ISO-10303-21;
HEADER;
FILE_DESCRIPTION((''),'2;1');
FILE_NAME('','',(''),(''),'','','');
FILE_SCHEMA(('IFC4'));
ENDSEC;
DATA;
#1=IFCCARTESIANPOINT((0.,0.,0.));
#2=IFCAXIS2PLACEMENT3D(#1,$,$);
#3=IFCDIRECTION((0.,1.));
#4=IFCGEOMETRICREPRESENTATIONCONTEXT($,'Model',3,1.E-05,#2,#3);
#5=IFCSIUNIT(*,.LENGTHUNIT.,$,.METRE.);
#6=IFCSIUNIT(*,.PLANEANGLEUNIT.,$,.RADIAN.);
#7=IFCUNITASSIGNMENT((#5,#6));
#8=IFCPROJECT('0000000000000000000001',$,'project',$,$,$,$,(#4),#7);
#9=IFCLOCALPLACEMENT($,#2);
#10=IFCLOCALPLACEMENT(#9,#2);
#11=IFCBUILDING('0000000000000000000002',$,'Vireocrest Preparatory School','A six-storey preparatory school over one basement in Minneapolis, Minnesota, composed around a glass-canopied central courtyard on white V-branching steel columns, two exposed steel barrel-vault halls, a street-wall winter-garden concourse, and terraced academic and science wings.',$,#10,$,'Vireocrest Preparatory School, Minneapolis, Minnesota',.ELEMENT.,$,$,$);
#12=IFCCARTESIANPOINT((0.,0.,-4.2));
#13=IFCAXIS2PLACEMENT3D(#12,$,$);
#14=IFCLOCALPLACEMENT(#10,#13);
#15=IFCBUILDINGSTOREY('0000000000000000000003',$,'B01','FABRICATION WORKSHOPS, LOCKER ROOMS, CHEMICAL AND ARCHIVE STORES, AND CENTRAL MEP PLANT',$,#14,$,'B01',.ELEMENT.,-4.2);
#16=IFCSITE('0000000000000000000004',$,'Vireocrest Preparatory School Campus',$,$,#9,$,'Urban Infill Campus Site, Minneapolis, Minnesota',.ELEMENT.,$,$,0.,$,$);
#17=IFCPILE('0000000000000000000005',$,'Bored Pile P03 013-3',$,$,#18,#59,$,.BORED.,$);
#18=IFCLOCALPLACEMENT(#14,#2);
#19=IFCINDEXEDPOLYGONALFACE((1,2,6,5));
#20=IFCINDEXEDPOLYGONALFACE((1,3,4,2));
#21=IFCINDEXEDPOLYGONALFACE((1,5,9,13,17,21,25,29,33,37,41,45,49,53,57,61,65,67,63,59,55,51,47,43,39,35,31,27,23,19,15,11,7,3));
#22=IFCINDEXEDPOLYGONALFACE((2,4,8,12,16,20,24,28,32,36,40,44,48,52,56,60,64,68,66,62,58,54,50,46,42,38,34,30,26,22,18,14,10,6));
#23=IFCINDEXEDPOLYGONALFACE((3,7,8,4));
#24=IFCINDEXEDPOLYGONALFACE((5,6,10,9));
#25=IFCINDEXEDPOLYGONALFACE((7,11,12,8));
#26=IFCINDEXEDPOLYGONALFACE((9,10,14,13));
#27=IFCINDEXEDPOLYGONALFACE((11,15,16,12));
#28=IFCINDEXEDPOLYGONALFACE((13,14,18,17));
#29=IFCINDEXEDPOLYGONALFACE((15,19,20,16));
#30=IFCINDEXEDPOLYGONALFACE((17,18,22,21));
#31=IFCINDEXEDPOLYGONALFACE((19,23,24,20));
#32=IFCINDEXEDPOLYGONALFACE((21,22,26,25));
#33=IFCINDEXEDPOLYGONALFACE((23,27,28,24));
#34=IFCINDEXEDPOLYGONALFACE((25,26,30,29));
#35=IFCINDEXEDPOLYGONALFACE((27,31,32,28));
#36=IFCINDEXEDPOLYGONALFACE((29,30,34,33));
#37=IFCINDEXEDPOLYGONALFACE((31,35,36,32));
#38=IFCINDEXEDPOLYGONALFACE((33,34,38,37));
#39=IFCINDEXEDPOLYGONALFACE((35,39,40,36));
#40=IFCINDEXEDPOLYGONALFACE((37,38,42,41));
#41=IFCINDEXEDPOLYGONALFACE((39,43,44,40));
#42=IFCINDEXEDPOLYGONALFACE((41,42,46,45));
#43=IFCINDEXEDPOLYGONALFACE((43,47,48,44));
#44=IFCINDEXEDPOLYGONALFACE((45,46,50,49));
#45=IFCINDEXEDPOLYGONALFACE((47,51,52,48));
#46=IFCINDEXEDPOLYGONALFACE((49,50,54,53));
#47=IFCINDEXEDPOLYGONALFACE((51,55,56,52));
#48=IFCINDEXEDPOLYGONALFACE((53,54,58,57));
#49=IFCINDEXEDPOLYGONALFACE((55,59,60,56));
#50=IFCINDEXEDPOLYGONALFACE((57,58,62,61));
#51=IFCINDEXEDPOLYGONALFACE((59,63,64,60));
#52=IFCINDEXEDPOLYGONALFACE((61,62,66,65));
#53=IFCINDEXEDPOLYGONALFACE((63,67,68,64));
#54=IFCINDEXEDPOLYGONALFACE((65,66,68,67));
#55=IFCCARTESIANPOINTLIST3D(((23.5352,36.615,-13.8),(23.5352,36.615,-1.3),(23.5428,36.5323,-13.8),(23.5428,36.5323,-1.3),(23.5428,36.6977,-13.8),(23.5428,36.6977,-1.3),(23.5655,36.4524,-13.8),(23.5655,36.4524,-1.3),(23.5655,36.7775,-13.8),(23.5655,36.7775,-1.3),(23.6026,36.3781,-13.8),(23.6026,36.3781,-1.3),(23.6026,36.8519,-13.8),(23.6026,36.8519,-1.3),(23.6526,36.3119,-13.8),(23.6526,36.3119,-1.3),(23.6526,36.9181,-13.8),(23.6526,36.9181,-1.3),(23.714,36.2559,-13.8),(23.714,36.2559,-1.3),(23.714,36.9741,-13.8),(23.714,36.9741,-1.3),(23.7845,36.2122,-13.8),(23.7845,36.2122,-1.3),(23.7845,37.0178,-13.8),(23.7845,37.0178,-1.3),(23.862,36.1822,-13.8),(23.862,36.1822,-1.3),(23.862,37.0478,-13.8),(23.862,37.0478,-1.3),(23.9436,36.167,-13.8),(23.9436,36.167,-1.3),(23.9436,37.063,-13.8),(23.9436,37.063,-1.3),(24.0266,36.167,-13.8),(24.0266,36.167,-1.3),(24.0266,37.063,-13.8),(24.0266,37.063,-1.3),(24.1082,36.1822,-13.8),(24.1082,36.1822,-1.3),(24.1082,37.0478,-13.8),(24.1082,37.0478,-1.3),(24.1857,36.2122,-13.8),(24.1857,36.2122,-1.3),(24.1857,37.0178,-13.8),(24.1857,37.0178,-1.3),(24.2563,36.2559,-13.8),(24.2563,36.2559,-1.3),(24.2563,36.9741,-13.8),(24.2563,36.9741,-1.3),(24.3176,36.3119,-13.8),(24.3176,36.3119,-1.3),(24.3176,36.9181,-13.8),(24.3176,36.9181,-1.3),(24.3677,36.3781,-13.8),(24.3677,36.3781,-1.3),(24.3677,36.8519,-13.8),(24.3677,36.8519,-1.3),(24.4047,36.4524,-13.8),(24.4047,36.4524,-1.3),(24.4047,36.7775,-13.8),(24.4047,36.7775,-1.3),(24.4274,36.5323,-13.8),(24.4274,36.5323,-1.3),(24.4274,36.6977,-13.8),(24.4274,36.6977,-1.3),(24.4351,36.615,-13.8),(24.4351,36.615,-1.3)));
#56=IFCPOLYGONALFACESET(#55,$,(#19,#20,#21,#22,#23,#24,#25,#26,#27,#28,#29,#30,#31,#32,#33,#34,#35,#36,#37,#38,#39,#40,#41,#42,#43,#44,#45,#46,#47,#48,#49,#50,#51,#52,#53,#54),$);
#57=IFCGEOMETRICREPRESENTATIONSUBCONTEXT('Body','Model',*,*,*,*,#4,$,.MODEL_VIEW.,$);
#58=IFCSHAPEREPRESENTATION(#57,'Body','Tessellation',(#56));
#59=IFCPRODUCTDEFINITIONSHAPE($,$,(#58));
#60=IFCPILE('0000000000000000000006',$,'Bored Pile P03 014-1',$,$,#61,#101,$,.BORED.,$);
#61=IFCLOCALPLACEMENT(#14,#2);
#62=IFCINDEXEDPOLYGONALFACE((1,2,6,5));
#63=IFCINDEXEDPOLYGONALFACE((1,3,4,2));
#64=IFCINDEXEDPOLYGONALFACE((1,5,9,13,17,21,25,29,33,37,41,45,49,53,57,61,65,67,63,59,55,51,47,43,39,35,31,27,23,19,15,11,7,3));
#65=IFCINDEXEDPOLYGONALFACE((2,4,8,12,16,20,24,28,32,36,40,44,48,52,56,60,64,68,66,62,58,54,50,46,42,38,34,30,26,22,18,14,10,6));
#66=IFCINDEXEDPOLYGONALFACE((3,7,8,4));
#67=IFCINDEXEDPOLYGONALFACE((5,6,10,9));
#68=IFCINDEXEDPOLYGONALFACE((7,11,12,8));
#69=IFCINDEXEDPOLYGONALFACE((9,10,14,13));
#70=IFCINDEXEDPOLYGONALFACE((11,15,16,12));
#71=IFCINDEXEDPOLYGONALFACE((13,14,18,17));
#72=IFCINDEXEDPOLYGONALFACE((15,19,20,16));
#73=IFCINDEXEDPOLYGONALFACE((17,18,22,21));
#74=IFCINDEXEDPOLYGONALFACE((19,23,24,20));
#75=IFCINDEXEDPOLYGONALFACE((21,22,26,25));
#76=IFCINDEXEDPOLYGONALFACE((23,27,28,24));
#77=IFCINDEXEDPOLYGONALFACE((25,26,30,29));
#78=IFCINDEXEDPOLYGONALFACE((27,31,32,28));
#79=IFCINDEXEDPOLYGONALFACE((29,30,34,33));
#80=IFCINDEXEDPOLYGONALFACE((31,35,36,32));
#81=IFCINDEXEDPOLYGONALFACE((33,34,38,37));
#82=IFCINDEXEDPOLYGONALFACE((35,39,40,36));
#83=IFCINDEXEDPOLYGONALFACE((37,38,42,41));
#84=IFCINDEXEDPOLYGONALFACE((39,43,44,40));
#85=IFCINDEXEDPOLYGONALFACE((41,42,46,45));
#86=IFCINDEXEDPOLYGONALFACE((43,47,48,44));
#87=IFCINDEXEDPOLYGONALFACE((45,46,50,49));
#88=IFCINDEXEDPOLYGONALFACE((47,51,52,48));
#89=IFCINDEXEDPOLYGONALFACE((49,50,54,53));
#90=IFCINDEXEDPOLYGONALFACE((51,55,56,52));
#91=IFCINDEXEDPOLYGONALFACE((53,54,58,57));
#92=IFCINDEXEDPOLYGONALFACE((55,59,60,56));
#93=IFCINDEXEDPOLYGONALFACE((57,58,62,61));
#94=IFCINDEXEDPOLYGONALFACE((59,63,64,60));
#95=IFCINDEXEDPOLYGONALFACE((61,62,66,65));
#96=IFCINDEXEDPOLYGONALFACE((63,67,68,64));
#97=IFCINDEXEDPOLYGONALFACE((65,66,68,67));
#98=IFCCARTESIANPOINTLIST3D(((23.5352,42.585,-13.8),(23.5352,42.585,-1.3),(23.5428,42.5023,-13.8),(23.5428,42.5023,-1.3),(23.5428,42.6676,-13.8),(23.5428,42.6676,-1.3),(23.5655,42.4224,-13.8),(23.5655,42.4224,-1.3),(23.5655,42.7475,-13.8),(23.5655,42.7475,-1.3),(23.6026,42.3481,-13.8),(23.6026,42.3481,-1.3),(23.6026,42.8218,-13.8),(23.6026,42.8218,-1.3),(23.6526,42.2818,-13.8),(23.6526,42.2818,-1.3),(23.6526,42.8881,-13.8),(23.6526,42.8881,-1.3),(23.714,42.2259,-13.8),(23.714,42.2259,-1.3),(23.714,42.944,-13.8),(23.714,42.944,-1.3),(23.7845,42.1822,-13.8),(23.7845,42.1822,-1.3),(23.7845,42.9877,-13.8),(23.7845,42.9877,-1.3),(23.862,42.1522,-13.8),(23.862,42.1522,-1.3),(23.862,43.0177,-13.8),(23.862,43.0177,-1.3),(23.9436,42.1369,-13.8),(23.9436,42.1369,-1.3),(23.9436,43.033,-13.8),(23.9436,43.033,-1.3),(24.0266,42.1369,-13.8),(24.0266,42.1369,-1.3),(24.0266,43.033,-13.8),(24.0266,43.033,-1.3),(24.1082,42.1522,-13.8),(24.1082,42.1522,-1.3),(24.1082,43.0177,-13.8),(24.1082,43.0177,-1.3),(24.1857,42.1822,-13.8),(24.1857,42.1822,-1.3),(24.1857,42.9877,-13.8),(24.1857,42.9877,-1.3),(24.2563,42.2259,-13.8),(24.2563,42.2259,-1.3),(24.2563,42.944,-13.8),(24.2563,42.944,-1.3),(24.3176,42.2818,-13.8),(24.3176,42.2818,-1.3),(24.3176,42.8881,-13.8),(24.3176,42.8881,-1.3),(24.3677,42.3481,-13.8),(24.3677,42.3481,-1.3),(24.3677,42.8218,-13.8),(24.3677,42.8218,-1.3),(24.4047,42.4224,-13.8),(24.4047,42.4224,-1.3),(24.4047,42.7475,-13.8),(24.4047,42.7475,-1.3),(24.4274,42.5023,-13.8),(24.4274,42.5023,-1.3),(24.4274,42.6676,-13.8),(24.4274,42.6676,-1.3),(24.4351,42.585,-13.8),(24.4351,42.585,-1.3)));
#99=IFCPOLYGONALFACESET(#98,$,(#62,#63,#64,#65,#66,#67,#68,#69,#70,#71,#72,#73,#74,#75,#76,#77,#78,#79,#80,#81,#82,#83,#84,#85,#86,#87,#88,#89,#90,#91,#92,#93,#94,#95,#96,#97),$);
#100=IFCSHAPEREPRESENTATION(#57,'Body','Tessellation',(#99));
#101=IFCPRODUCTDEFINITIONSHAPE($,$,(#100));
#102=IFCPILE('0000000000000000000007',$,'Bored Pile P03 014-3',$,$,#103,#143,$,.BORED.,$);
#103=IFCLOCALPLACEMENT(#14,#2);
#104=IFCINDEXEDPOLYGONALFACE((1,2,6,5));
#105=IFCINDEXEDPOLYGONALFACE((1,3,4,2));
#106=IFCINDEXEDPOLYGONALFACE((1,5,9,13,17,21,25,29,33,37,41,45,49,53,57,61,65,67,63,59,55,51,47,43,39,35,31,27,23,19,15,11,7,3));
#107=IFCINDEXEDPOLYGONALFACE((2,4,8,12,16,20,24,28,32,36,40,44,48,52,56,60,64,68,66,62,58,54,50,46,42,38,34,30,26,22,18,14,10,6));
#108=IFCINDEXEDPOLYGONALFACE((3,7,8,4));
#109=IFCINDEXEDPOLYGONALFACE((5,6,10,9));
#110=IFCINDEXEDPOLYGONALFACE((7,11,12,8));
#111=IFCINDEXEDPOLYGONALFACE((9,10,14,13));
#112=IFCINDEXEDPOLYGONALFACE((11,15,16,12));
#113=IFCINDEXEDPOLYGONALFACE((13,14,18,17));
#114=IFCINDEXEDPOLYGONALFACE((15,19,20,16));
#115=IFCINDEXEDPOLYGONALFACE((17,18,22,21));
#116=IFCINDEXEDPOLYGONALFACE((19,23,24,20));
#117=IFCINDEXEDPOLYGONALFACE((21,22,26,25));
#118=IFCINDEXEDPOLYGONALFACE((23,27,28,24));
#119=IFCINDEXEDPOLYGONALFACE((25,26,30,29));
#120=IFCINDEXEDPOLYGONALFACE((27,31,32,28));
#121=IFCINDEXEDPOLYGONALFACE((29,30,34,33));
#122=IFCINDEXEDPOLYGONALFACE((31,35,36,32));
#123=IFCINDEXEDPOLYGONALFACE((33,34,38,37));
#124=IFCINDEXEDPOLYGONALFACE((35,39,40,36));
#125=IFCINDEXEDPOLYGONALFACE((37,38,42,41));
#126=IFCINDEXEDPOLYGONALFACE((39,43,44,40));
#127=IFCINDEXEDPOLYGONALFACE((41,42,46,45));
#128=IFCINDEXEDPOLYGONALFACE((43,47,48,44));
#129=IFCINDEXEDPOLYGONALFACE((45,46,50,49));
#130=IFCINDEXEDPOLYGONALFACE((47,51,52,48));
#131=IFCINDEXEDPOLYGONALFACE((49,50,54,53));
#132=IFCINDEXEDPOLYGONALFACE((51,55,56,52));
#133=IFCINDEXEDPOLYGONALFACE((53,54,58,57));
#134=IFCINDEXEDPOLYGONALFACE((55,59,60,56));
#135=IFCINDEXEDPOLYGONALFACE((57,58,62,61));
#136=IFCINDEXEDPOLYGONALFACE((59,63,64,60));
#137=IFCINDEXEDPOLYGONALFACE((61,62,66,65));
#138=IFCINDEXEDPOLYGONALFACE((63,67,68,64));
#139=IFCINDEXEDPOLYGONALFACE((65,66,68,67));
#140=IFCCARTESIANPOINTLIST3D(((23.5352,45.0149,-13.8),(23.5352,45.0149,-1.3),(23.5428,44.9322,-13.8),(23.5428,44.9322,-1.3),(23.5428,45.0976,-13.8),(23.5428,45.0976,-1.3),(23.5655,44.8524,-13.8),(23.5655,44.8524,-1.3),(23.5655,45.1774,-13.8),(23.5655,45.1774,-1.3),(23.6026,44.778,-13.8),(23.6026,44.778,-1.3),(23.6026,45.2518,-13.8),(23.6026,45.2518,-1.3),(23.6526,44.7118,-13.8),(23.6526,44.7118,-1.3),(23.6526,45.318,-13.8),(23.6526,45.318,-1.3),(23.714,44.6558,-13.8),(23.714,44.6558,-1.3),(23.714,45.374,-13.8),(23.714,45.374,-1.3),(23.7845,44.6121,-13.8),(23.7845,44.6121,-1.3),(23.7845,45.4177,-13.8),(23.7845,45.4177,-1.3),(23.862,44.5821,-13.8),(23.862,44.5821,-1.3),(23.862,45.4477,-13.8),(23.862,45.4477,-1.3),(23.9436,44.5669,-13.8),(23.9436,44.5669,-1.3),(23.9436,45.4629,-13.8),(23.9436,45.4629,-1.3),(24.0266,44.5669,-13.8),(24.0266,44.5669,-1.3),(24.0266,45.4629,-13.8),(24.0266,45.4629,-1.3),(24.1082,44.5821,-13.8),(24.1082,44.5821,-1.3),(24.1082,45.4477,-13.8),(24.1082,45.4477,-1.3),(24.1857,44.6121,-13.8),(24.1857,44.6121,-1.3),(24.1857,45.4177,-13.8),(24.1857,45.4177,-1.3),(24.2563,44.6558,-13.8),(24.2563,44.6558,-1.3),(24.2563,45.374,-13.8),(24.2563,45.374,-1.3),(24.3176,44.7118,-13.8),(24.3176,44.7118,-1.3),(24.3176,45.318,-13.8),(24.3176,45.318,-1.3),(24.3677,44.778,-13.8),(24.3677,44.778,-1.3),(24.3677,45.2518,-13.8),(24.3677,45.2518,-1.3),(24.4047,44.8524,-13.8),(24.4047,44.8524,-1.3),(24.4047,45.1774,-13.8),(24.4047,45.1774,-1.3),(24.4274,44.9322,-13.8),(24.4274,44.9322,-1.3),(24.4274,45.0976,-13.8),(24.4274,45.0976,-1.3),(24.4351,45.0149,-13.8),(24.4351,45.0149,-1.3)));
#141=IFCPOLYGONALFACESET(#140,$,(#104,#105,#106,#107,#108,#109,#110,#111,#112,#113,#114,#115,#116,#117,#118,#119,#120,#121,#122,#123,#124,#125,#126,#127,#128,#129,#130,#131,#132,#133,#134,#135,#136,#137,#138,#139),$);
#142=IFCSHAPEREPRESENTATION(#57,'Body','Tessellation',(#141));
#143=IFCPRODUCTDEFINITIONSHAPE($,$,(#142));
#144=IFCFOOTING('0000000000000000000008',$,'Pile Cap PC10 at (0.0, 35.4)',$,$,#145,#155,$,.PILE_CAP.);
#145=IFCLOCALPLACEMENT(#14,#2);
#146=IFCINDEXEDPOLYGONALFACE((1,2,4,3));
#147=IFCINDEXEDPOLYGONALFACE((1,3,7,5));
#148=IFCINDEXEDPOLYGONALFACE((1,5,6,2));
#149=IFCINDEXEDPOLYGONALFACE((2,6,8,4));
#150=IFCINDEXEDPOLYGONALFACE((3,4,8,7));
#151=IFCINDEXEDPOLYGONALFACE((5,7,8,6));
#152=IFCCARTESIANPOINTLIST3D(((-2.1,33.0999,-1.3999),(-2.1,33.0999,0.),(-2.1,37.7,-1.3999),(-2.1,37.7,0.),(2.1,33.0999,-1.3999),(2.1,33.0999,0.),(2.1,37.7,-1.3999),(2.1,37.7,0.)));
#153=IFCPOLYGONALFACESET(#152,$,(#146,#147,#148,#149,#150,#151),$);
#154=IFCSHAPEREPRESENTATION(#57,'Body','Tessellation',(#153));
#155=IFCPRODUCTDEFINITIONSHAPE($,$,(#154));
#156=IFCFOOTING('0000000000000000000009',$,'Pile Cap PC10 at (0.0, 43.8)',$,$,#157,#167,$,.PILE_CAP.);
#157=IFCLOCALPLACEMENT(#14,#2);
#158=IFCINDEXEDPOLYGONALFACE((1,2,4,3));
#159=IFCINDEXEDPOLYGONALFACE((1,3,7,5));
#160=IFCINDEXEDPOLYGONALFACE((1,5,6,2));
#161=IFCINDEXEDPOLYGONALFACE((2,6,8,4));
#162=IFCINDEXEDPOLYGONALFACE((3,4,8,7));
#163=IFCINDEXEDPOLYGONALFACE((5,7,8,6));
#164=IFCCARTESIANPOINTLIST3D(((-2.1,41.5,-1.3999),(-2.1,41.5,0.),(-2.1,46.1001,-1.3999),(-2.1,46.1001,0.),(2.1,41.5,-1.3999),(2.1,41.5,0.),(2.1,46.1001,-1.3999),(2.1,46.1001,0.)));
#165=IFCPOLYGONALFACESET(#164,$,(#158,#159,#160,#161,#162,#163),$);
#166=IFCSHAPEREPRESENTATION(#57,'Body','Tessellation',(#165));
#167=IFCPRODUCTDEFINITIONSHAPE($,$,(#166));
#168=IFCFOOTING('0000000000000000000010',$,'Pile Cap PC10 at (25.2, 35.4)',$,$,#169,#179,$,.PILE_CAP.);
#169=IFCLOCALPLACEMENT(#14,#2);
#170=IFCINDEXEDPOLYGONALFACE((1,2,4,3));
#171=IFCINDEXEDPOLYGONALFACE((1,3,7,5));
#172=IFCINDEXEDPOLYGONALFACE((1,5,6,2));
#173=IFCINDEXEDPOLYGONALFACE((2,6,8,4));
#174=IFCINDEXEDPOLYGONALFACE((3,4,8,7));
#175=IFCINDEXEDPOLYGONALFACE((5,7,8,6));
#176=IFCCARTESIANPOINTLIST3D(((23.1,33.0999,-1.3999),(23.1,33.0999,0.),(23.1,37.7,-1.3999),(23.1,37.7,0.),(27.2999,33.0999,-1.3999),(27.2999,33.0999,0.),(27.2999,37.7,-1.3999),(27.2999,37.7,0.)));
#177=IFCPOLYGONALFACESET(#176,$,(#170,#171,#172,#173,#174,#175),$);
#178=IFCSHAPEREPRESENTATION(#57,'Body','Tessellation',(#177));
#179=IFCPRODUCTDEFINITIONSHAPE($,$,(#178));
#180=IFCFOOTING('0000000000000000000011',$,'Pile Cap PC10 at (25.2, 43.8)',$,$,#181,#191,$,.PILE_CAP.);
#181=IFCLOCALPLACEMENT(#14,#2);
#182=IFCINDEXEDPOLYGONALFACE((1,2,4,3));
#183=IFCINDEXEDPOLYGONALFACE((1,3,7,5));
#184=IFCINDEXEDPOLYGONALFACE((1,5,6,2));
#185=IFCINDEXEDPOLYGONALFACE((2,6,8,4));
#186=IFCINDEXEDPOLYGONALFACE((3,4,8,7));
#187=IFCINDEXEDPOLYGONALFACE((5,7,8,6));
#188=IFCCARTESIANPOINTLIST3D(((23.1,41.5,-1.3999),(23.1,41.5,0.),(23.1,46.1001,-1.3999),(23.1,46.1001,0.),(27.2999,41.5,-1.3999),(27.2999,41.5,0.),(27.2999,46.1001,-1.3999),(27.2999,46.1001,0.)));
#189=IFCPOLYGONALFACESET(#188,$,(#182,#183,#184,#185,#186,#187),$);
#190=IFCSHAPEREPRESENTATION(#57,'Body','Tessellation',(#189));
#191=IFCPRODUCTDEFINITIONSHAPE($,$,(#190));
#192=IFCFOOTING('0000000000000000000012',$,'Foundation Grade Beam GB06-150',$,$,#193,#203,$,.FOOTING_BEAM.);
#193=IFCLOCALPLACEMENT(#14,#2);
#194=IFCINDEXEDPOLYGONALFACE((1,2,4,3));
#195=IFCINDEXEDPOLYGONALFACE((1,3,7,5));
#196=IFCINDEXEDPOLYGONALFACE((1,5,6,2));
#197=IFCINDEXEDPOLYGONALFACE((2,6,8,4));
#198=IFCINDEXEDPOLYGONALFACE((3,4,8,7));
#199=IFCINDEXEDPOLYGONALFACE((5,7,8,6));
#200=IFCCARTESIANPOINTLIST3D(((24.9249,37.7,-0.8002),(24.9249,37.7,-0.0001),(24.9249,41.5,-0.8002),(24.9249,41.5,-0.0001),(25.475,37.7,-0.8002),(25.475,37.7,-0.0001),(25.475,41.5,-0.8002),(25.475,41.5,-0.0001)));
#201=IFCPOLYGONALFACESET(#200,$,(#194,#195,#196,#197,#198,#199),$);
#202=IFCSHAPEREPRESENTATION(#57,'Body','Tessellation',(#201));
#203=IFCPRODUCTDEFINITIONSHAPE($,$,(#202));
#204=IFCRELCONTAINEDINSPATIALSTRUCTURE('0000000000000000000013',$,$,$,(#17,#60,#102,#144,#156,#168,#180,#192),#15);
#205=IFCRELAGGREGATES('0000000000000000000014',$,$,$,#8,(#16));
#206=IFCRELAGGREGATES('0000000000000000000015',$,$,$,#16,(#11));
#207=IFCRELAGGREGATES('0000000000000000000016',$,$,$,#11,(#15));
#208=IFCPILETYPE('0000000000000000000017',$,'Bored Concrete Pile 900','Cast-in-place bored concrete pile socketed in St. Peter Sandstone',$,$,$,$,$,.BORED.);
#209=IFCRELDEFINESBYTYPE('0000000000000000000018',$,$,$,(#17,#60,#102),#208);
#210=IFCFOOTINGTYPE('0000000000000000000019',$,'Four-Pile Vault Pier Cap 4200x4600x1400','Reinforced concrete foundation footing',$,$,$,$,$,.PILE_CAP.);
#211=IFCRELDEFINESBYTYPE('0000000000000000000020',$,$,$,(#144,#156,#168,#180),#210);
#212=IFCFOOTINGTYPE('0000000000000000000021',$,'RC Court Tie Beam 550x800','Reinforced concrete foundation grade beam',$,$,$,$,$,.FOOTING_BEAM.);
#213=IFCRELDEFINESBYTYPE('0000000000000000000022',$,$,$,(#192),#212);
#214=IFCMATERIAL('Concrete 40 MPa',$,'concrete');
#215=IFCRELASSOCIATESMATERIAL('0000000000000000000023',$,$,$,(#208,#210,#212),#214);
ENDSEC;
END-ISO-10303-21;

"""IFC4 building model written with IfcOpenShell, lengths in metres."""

from ifc_helpers import new_model, si_unit, direction, frame, origin, origin_2d, place, context, subcontext, project, spatial, rectangle, circle, extrude, material, material_profile, profile_set, type_object, element, save


model = new_model("IFC4")

# Units and contexts
model_context = context("Model", 3, precision=1e-05, world=origin(), true_north=direction((0.0, 1.0)))
body_context = subcontext(model_context, "Body", "Model", "MODEL_VIEW")
ifc_project = project(units=[si_unit("LENGTHUNIT", "METRE"), si_unit("PLANEANGLEUNIT", "RADIAN")], contexts=[model_context])

# Site, building, storey
site_placement = place(None, origin())
site = spatial("IfcSite", under=ifc_project, at=site_placement, Name="Vireocrest Preparatory School Campus", LongName="Urban Infill Campus Site, Minneapolis, Minnesota", CompositionType="ELEMENT", RefElevation=0.0)
building_placement = place(site_placement, origin())
building = spatial("IfcBuilding", under=site, at=building_placement, Name="Vireocrest Preparatory School", Description="A six-storey preparatory school over one basement in Minneapolis, Minnesota, composed around a glass-canopied central courtyard on white V-branching steel columns, two exposed steel barrel-vault halls, a street-wall winter-garden concourse, and terraced academic and science wings.", LongName="Vireocrest Preparatory School, Minneapolis, Minnesota", CompositionType="ELEMENT")
storey_placement = place(building_placement, frame((0.0, 0.0, -4.2)))
storey = spatial("IfcBuildingStorey", under=building, at=storey_placement, Name="B01", Description="FABRICATION WORKSHOPS, LOCKER ROOMS, CHEMICAL AND ARCHIVE STORES, AND CENTRAL MEP PLANT", LongName="B01", CompositionType="ELEMENT", Elevation=-4.2)

# Piles
ifc_material_1 = material(Name="Concrete 40 MPa", Category="concrete")
ifc_material_profile_1 = material_profile(ifc_material_1, circle(Radius=0.45, at=origin_2d()), Name="BORED PILE 900")
ifc_profile_set_1 = profile_set([ifc_material_profile_1], Name="Concrete 40 MPa")
pile_type = type_object("IfcPileType", Name="Bored Concrete Pile 900", Description="Cast-in-place bored concrete pile socketed in St. Peter Sandstone", PredefinedType="BORED", material=ifc_profile_set_1)
for number, where, z_axis, x_axis, name in (
    (1, (23.9851, 36.615, -1.3), (0.0, 0.0, -1.0), (1.0, 0.0, 0.0), "Bored Pile P03 013-3"),
    (2, (23.9851, 42.585, -1.3), (0.0, 0.0, -1.0), (1.0, 0.0, 0.0), "Bored Pile P03 014-1"),
    (3, (23.9851, 45.0149, -1.3), (0.0, 0.0, -1.0), (1.0, 0.0, 0.0), "Bored Pile P03 014-3"),
):
    element("IfcPile", number, at=place(storey_placement, frame(where, z_axis=z_axis, x_axis=x_axis)), inside=storey, type_object=pile_type, Name=name, PredefinedType="BORED", context=body_context, shape_type="SweptSolid", body=[
        extrude(circle(Radius=0.45, at=origin_2d()), origin(), (0.0, 0.0, 1.0), 12.5),
    ])

# Footings
footing_type_1 = type_object("IfcFootingType", Name="Four-Pile Vault Pier Cap 4200x4600x1400", Description="Reinforced concrete foundation footing", PredefinedType="PILE_CAP", material=ifc_material_1)
for number, where, z_axis, x_axis, name in (
    (4, (0.0, 35.3999, -1.3999), (0.0, 0.0, 1.0), (1.0, 0.0, 0.0), "Pile Cap PC10 at (0.0, 35.4)"),
    (5, (0.0, 43.8, -1.3999), (0.0, 0.0, 1.0), (1.0, 0.0, 0.0), "Pile Cap PC10 at (0.0, 43.8)"),
    (6, (25.2, 35.3999, -1.3999), (0.0, 0.0, 1.0), (1.0, 0.0, 0.0), "Pile Cap PC10 at (25.2, 35.4)"),
    (7, (25.2, 43.8, -1.3999), (0.0, 0.0, 1.0), (1.0, 0.0, 0.0), "Pile Cap PC10 at (25.2, 43.8)"),
):
    element("IfcFooting", number, at=place(storey_placement, frame(where, z_axis=z_axis, x_axis=x_axis)), inside=storey, type_object=footing_type_1, Name=name, PredefinedType="PILE_CAP", context=body_context, shape_type="SweptSolid", body=[
        extrude(rectangle(XDim=4.2, YDim=4.6001, at=origin_2d()), origin(), (0.0, 0.0, 1.0), 1.3999),
    ])
ifc_material_profile_2 = material_profile(ifc_material_1, rectangle(XDim=0.55, YDim=0.8, at=origin_2d()), Name="GB 550x800")
ifc_profile_set_2 = profile_set([ifc_material_profile_2], Name="Concrete 40 MPa")
footing_type_2 = type_object("IfcFootingType", Name="RC Court Tie Beam 550x800", Description="Reinforced concrete foundation grade beam", PredefinedType="FOOTING_BEAM", material=ifc_profile_set_2)
footing_1_placement = place(storey_placement, frame((25.2, 37.7, -0.4001), z_axis=(0.0, 1.0, 0.0), x_axis=(-1.0, 0.0, 0.0)))
element("IfcFooting", 8, at=footing_1_placement, inside=storey, type_object=footing_type_2, Name="Foundation Grade Beam GB06-150", PredefinedType="FOOTING_BEAM", context=body_context, shape_type="SweptSolid", body=[
    extrude(rectangle(XDim=0.55, YDim=0.8, at=origin_2d()), origin(), (0.0, 0.0, 1.0), 3.8),
])

save(model, "model.ifc")
